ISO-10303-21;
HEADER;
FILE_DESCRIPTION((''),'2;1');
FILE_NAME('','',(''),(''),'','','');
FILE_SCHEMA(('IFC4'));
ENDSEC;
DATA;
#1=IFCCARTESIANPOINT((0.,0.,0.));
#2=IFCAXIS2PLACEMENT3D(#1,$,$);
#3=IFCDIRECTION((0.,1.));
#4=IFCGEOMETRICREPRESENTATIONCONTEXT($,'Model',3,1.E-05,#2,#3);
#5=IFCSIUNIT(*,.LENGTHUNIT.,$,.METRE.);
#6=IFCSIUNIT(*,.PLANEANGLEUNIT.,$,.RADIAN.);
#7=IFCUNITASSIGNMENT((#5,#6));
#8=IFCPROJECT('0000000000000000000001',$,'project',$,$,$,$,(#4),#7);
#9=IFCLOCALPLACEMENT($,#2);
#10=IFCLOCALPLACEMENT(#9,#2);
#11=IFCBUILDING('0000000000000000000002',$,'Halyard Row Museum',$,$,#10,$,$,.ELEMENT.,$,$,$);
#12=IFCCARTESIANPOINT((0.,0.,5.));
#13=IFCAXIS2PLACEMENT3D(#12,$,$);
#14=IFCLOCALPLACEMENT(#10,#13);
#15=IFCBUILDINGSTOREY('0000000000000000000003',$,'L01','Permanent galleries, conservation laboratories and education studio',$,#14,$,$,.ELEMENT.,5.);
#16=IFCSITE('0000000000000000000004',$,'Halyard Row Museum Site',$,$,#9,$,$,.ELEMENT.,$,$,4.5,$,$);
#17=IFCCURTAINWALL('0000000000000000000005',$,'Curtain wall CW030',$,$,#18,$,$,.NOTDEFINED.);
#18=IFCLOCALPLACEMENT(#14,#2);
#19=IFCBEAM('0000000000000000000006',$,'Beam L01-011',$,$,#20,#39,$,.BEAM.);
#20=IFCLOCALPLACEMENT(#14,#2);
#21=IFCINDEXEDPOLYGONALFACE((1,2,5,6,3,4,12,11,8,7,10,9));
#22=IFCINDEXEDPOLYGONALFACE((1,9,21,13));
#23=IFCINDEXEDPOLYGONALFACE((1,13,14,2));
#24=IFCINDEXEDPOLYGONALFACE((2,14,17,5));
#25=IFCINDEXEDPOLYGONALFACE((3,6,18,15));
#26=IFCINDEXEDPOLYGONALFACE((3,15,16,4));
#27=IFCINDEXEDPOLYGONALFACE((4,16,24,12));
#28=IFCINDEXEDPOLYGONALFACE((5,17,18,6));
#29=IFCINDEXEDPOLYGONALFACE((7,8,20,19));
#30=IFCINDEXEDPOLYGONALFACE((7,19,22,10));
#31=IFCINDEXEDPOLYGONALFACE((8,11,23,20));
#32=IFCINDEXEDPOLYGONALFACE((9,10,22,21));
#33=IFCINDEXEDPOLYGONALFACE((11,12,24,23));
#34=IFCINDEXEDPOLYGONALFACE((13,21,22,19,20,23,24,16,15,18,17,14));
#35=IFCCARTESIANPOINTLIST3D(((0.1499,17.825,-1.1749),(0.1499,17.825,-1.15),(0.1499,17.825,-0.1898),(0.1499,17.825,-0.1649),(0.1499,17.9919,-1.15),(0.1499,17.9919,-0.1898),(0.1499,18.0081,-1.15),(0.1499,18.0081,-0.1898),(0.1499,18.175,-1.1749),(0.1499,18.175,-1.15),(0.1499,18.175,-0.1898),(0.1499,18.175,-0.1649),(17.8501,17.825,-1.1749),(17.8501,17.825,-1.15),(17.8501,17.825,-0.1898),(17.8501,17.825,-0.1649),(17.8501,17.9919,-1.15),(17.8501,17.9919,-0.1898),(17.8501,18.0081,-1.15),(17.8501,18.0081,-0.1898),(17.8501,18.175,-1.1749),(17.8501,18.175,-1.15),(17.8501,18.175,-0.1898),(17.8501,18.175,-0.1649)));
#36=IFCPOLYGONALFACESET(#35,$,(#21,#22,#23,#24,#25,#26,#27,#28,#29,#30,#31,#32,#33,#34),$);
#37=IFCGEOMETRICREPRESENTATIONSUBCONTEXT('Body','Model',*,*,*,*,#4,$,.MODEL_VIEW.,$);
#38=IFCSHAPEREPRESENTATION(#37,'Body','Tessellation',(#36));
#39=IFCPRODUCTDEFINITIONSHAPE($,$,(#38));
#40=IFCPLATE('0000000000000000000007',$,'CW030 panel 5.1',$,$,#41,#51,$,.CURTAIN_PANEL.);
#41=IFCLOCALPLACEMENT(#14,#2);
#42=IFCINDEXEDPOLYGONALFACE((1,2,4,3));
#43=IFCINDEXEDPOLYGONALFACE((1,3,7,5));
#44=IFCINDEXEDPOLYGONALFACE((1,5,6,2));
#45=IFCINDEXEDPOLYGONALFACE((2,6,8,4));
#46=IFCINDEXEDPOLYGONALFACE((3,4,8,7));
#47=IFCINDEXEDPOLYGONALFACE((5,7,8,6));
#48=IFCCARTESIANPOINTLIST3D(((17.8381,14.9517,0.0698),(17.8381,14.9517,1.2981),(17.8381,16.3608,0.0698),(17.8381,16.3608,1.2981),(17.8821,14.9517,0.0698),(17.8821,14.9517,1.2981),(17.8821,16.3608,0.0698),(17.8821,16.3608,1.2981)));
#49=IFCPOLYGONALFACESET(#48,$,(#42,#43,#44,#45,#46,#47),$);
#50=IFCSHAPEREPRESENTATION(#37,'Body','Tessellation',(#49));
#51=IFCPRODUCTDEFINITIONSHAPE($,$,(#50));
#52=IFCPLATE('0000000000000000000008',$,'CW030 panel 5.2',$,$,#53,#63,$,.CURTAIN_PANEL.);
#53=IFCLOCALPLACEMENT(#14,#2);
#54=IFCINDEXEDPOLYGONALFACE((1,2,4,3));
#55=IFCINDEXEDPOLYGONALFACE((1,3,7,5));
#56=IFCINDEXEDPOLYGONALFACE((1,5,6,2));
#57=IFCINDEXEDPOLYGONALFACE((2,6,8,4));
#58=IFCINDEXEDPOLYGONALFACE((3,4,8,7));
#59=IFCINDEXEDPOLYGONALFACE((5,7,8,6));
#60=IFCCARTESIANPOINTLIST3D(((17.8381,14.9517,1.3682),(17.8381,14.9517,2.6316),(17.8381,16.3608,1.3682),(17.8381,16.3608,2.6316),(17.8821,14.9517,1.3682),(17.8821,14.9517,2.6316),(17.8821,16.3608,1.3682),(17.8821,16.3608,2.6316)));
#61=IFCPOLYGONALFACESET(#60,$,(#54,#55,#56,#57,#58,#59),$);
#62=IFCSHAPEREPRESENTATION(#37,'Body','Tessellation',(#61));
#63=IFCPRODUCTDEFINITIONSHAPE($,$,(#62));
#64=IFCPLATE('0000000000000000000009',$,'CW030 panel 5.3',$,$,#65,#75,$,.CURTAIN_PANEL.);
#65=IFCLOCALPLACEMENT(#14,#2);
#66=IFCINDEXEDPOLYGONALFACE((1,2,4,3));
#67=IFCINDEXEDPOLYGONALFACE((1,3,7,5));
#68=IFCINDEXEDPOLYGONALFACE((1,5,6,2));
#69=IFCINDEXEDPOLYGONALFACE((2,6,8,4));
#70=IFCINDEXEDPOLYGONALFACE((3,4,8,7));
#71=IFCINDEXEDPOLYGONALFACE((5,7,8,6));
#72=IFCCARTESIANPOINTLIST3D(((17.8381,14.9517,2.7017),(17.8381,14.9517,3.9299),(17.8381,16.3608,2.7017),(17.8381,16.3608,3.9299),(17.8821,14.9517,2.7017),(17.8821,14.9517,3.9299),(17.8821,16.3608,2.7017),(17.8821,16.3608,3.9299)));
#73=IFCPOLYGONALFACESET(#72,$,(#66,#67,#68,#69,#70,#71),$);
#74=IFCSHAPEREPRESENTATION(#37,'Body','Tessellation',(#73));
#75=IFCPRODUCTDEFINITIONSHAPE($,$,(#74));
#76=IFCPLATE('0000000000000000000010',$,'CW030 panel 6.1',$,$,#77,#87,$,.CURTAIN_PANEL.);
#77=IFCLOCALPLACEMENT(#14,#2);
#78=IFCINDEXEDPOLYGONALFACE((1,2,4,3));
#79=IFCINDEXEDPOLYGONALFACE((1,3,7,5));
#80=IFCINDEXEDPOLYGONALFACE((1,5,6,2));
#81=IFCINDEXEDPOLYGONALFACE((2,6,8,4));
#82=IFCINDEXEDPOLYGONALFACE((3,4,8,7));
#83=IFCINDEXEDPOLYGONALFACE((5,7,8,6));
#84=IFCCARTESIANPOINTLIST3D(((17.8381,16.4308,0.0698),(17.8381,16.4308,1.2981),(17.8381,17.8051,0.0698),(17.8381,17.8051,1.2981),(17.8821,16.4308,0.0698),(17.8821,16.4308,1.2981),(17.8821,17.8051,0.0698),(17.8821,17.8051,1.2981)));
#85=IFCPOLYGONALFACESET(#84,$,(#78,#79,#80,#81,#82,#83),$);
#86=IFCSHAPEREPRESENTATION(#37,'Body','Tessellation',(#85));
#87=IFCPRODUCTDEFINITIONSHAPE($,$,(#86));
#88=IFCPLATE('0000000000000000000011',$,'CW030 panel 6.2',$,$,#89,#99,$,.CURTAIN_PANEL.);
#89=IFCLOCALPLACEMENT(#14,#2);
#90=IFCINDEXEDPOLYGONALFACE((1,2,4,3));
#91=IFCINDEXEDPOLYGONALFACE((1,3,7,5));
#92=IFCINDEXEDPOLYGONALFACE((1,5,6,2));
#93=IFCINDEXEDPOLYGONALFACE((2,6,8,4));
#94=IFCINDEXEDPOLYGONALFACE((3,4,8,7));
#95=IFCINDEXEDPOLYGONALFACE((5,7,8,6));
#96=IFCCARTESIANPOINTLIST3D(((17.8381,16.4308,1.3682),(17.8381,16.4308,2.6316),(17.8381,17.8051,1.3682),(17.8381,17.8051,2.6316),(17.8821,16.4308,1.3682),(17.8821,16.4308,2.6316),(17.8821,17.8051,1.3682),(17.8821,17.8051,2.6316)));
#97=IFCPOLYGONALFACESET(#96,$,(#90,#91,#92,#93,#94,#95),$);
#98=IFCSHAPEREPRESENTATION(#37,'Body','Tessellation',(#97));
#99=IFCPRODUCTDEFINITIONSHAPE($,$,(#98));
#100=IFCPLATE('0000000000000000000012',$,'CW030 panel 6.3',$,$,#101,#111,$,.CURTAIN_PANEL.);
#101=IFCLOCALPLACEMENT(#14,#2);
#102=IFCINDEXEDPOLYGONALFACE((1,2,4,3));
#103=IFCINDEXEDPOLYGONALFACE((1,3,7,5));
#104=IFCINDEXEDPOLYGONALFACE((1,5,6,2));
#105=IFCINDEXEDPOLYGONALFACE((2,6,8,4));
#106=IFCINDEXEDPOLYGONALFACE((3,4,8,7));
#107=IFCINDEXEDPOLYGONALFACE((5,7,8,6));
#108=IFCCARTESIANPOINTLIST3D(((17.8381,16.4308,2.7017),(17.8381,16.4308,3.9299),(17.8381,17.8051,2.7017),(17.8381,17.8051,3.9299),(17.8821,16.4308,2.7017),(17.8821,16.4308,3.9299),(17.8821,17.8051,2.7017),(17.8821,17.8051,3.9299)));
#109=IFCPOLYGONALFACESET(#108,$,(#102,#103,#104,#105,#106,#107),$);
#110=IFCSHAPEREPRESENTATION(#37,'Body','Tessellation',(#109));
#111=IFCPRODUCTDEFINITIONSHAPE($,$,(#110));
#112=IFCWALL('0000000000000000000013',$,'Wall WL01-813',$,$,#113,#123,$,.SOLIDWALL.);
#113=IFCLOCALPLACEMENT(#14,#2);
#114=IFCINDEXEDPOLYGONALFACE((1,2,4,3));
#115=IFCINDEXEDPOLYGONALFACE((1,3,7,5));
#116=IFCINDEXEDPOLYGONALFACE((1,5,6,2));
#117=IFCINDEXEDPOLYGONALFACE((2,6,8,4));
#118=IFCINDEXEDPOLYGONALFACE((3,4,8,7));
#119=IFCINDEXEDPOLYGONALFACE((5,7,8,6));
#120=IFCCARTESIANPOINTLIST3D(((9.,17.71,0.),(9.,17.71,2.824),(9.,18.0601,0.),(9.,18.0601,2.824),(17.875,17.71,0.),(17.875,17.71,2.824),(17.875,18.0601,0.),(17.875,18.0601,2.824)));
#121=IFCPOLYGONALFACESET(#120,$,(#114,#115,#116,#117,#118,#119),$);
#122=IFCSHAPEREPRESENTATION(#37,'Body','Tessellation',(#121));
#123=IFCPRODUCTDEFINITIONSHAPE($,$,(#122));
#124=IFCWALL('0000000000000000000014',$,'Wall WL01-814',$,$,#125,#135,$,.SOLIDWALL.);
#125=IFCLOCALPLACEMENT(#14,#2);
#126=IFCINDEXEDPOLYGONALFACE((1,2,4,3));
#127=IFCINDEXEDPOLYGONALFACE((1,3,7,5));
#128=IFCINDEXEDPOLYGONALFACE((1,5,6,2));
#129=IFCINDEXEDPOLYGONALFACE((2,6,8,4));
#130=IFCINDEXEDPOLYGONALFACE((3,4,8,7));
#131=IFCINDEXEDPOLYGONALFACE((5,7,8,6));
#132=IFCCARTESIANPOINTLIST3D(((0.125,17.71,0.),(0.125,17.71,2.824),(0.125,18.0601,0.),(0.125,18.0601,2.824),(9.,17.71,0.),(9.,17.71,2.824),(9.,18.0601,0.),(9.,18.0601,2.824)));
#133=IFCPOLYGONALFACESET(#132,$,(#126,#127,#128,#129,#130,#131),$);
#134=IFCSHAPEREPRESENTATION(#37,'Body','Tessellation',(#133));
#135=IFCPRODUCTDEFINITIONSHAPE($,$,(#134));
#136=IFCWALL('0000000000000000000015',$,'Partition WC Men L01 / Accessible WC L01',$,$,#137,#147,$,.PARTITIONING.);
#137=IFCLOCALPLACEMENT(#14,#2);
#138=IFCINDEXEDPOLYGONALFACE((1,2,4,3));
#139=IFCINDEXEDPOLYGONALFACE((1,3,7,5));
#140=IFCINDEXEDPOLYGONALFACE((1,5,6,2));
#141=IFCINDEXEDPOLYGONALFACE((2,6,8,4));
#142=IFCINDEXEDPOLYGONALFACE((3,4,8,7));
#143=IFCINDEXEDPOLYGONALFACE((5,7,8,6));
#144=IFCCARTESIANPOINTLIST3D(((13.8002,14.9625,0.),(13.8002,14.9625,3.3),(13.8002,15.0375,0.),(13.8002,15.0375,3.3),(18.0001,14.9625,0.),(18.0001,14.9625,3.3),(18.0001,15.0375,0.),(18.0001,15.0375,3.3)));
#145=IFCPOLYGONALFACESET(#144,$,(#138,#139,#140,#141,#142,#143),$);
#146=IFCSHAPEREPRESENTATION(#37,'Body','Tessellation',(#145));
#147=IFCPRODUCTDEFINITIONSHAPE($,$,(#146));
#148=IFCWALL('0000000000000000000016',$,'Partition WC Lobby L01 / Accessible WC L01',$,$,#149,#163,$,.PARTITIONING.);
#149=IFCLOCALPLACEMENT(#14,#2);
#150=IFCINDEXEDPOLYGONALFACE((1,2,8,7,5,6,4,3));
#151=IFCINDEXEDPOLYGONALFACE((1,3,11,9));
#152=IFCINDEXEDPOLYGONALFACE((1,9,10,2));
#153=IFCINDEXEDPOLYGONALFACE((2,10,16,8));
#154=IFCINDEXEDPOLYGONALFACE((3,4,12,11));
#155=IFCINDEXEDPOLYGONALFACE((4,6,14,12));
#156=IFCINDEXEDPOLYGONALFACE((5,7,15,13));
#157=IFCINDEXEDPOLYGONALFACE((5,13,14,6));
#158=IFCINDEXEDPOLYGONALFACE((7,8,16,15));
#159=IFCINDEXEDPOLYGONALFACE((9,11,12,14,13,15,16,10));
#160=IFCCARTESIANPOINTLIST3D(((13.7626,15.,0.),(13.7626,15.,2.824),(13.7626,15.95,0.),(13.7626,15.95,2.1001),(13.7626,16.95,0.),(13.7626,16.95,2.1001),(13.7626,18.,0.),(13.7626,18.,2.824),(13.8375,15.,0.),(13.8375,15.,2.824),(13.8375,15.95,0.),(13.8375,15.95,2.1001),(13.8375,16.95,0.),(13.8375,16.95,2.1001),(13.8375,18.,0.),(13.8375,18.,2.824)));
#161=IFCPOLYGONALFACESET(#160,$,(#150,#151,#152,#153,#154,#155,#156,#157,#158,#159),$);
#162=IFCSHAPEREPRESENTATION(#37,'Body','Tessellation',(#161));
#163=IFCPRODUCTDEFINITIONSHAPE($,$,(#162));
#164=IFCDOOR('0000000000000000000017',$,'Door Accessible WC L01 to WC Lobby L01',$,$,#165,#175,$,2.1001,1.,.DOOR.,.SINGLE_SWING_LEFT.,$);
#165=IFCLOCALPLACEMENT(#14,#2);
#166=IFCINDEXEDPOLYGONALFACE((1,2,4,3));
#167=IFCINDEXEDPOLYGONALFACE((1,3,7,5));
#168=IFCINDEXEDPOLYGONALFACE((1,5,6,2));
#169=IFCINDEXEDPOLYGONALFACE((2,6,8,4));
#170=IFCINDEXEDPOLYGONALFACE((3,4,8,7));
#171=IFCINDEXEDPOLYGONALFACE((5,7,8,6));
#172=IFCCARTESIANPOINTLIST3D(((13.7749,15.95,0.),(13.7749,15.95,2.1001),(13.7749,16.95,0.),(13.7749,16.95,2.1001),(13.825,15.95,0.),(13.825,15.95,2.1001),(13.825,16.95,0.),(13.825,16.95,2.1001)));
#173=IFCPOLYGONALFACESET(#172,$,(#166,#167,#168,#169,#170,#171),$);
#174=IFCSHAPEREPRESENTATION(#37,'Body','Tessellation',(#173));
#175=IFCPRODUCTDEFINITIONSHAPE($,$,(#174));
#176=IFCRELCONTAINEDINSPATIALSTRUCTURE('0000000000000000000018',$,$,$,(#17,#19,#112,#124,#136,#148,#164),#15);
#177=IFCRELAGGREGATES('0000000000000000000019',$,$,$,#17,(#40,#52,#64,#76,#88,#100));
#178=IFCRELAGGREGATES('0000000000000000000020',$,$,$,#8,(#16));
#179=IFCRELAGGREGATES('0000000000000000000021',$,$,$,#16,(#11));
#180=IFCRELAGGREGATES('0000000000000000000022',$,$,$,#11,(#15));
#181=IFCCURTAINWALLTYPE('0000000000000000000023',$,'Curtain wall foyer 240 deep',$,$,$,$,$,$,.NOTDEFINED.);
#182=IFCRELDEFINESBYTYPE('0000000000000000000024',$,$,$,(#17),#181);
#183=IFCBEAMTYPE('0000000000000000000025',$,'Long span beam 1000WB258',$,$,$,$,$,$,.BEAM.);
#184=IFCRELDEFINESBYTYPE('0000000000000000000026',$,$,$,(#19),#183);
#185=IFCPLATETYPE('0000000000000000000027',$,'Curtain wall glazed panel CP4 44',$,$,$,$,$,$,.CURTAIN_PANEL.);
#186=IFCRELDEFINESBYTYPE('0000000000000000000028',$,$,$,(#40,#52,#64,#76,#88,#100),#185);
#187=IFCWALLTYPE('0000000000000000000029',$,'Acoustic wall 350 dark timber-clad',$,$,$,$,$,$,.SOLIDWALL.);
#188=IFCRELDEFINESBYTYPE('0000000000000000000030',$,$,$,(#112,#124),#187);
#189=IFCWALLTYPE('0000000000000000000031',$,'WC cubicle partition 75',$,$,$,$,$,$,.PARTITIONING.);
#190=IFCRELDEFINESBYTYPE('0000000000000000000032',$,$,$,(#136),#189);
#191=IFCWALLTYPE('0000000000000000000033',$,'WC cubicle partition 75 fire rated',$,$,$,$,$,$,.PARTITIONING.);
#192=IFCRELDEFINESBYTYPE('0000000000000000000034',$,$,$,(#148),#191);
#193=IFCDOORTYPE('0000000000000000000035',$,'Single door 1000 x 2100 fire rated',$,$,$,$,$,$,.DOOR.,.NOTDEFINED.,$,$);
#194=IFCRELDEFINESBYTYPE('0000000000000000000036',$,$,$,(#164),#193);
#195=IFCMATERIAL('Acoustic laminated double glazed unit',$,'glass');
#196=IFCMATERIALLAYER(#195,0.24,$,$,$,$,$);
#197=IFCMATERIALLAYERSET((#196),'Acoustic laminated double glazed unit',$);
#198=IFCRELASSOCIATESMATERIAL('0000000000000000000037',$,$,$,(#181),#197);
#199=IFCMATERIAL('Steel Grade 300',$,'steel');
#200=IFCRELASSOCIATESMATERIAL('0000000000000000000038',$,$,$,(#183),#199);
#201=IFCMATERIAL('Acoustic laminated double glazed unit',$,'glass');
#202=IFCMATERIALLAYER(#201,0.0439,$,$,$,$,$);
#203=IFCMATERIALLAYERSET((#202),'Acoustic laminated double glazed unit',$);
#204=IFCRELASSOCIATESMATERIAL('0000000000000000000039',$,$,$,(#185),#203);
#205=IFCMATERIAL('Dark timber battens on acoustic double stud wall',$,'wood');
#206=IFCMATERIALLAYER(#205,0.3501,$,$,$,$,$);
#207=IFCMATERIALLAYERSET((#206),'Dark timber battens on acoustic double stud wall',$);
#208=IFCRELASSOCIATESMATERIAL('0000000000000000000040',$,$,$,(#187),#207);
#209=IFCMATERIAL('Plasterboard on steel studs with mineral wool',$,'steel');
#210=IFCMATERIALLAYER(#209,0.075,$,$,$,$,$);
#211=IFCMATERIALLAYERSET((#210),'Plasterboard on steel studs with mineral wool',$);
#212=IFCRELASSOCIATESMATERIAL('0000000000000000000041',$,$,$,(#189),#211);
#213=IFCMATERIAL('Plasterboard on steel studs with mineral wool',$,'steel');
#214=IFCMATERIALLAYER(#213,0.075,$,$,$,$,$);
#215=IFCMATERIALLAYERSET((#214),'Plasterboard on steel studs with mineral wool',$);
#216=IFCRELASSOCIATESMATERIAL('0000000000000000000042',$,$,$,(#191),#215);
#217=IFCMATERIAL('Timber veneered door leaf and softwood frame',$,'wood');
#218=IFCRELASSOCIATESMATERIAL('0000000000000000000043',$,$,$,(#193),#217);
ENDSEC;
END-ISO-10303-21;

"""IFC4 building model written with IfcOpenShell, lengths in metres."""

from ifc_helpers import new_model, si_unit, direction, frame, frame_2d, origin, origin_2d, place, context, subcontext, project, spatial, rectangle, i_section, extrude, material, layer, layer_set, material_profile, profile_set, type_object, element, fill, aggregate, save


model = new_model("IFC4")

# Units and contexts
model_context = context("Model", 3, precision=1e-05, world=origin(), true_north=direction((0.0, 1.0)))
body_context = subcontext(model_context, "Body", "Model", "MODEL_VIEW")
ifc_project = project(units=[si_unit("LENGTHUNIT", "METRE"), si_unit("PLANEANGLEUNIT", "RADIAN")], contexts=[model_context])

# Site, building, storey
site_placement = place(None, origin())
site = spatial("IfcSite", under=ifc_project, at=site_placement, Name="Halyard Row Museum Site", CompositionType="ELEMENT", RefElevation=4.5)
building_placement = place(site_placement, origin())
building = spatial("IfcBuilding", under=site, at=building_placement, Name="Halyard Row Museum", CompositionType="ELEMENT")
storey_placement = place(building_placement, frame((0.0, 0.0, 5.0)))
storey = spatial("IfcBuildingStorey", under=building, at=storey_placement, Name="L01", Description="Permanent galleries, conservation laboratories and education studio", CompositionType="ELEMENT", Elevation=5.0)

# Curtain wall
ifc_material_1 = material(Name="Acoustic laminated double glazed unit", Category="glass")
ifc_layer_1 = layer(ifc_material_1, 0.24)
ifc_layer_set_1 = layer_set([ifc_layer_1], Name="Acoustic laminated double glazed unit")
curtain_wall_type = type_object("IfcCurtainWallType", Name="Curtain wall foyer 240 deep", PredefinedType="NOTDEFINED", material=ifc_layer_set_1)
curtain_wall_placement = place(storey_placement, origin())
curtain_wall = element("IfcCurtainWall", 1, at=curtain_wall_placement, inside=storey, type_object=curtain_wall_type, Name="Curtain wall CW030", PredefinedType="NOTDEFINED")

# Beam
ifc_material_2 = material(Name="Steel Grade 300", Category="steel")
ifc_material_profile_1 = material_profile(ifc_material_2, i_section(OverallWidth=0.3501, OverallDepth=1.01, WebThickness=0.0161, FlangeThickness=0.0249, at=origin_2d()), Name="1000WB258")
ifc_profile_set_1 = profile_set([ifc_material_profile_1], Name="Steel Grade 300")
beam_type = type_object("IfcBeamType", Name="Long span beam 1000WB258", PredefinedType="BEAM", material=ifc_profile_set_1)
beam_placement = place(storey_placement, frame((0.1499, 18.0, -0.6699), z_axis=(1.0, 0.0, 0.0), x_axis=(0.0, 1.0, 0.0)))
element("IfcBeam", 2, at=beam_placement, inside=storey, type_object=beam_type, Name="Beam L01-011", PredefinedType="BEAM", context=body_context, shape_type="SweptSolid", body=[
    extrude(i_section(OverallWidth=0.3501, OverallDepth=1.01, WebThickness=0.0161, FlangeThickness=0.0249, at=origin_2d()), origin(), (0.0, 0.0, 1.0), 17.7002),
])

# Plates
ifc_material_3 = material(Name="Acoustic laminated double glazed unit", Category="glass")
ifc_layer_2 = layer(ifc_material_3, 0.0439)
ifc_layer_set_2 = layer_set([ifc_layer_2], Name="Acoustic laminated double glazed unit")
plate_type = type_object("IfcPlateType", Name="Curtain wall glazed panel CP4 44", PredefinedType="CURTAIN_PANEL", material=ifc_layer_set_2)
plate_1_placement = place(storey_placement, frame((17.8601, 15.6562, 0.0698), z_axis=(0.0, 0.0, 1.0), x_axis=(0.0, 1.0, 0.0)))
plate_1 = element("IfcPlate", 3, at=plate_1_placement, type_object=plate_type, Name="CW030 panel 5.1", PredefinedType="CURTAIN_PANEL", context=body_context, shape_type="SweptSolid", body=[
    extrude(rectangle(XDim=1.4092, YDim=0.0439, at=origin_2d()), origin(), (0.0, 0.0, 1.0), 1.2283),
])
plate_2_placement = place(storey_placement, frame((17.8601, 15.6562, 1.3682), z_axis=(0.0, 0.0, 1.0), x_axis=(0.0, 1.0, 0.0)))
plate_2 = element("IfcPlate", 4, at=plate_2_placement, type_object=plate_type, Name="CW030 panel 5.2", PredefinedType="CURTAIN_PANEL", context=body_context, shape_type="SweptSolid", body=[
    extrude(rectangle(XDim=1.4092, YDim=0.0439, at=origin_2d()), origin(), (0.0, 0.0, 1.0), 1.2634),
])
plate_3_placement = place(storey_placement, frame((17.8601, 15.6562, 2.7017), z_axis=(0.0, 0.0, 1.0), x_axis=(0.0, 1.0, 0.0)))
plate_3 = element("IfcPlate", 5, at=plate_3_placement, type_object=plate_type, Name="CW030 panel 5.3", PredefinedType="CURTAIN_PANEL", context=body_context, shape_type="SweptSolid", body=[
    extrude(rectangle(XDim=1.4092, YDim=0.0439, at=origin_2d()), origin(), (0.0, 0.0, 1.0), 1.2283),
])
plate_4_placement = place(storey_placement, frame((17.8601, 17.1179, 0.0698), z_axis=(0.0, 0.0, 1.0), x_axis=(0.0, 1.0, 0.0)))
plate_4 = element("IfcPlate", 6, at=plate_4_placement, type_object=plate_type, Name="CW030 panel 6.1", PredefinedType="CURTAIN_PANEL", context=body_context, shape_type="SweptSolid", body=[
    extrude(rectangle(XDim=1.3743, YDim=0.0439, at=origin_2d()), origin(), (0.0, 0.0, 1.0), 1.2283),
])
plate_5_placement = place(storey_placement, frame((17.8601, 17.1179, 1.3682), z_axis=(0.0, 0.0, 1.0), x_axis=(0.0, 1.0, 0.0)))
plate_5 = element("IfcPlate", 7, at=plate_5_placement, type_object=plate_type, Name="CW030 panel 6.2", PredefinedType="CURTAIN_PANEL", context=body_context, shape_type="SweptSolid", body=[
    extrude(rectangle(XDim=1.3743, YDim=0.0439, at=origin_2d()), origin(), (0.0, 0.0, 1.0), 1.2634),
])
plate_6_placement = place(storey_placement, frame((17.8601, 17.1179, 2.7017), z_axis=(0.0, 0.0, 1.0), x_axis=(0.0, 1.0, 0.0)))
plate_6 = element("IfcPlate", 8, at=plate_6_placement, type_object=plate_type, Name="CW030 panel 6.3", PredefinedType="CURTAIN_PANEL", context=body_context, shape_type="SweptSolid", body=[
    extrude(rectangle(XDim=1.3743, YDim=0.0439, at=origin_2d()), origin(), (0.0, 0.0, 1.0), 1.2283),
])
aggregate(curtain_wall, [plate_1, plate_2, plate_3, plate_4, plate_5, plate_6])

# Walls
ifc_material_4 = material(Name="Dark timber battens on acoustic double stud wall", Category="wood")
ifc_layer_3 = layer(ifc_material_4, 0.3501)
ifc_layer_set_3 = layer_set([ifc_layer_3], Name="Dark timber battens on acoustic double stud wall")
wall_type_1 = type_object("IfcWallType", Name="Acoustic wall 350 dark timber-clad", PredefinedType="SOLIDWALL", material=ifc_layer_set_3)
for number, where, z_axis, x_axis, name in (
    (9, (9.0, 17.885, 0.0), (0.0, 0.0, 1.0), (1.0, 0.0, 0.0), "Wall WL01-813"),
    (10, (0.125, 17.885, 0.0), (0.0, 0.0, 1.0), (1.0, 0.0, 0.0), "Wall WL01-814"),
):
    element("IfcWall", number, at=place(storey_placement, frame(where, z_axis=z_axis, x_axis=x_axis)), inside=storey, type_object=wall_type_1, Name=name, PredefinedType="SOLIDWALL", context=body_context, shape_type="SweptSolid", body=[
        extrude(rectangle(XDim=8.875, YDim=0.3501, at=frame_2d((4.4375, 0.0))), origin(), (0.0, 0.0, 1.0), 2.824),
    ])
ifc_material_5 = material(Name="Plasterboard on steel studs with mineral wool", Category="steel")
ifc_layer_4 = layer(ifc_material_5, 0.075)
ifc_layer_set_4 = layer_set([ifc_layer_4], Name="Plasterboard on steel studs with mineral wool")
wall_type_2 = type_object("IfcWallType", Name="WC cubicle partition 75", PredefinedType="PARTITIONING", material=ifc_layer_set_4)
wall_1_placement = place(storey_placement, frame((13.8, 15.0, 0.0), z_axis=(0.0, 0.0, 1.0), x_axis=(1.0, 0.0, 0.0)))
element("IfcWall", 11, at=wall_1_placement, inside=storey, type_object=wall_type_2, Name="Partition WC Men L01 / Accessible WC L01", PredefinedType="PARTITIONING", context=body_context, shape_type="SweptSolid", body=[
    extrude(rectangle(XDim=4.2, YDim=0.075, at=frame_2d((2.1001, 0.0))), origin(), (0.0, 0.0, 1.0), 3.3),
])

# Wall, opening, door
ifc_material_6 = material(Name="Plasterboard on steel studs with mineral wool", Category="steel")
ifc_layer_5 = layer(ifc_material_6, 0.075)
ifc_layer_set_5 = layer_set([ifc_layer_5], Name="Plasterboard on steel studs with mineral wool")
wall_type_3 = type_object("IfcWallType", Name="WC cubicle partition 75 fire rated", PredefinedType="PARTITIONING", material=ifc_layer_set_5)
wall_2_placement = place(storey_placement, frame((13.8, 15.0, 0.0), z_axis=(0.0, 0.0, 1.0), x_axis=(0.0, 1.0, 0.0)))
wall_2 = element("IfcWall", 12, at=wall_2_placement, inside=storey, type_object=wall_type_3, Name="Partition WC Lobby L01 / Accessible WC L01", PredefinedType="PARTITIONING", context=body_context, shape_type="SweptSolid", body=[
    extrude(rectangle(XDim=3.0, YDim=0.075, at=frame_2d((1.5, 0.0))), origin(), (0.0, 0.0, 1.0), 2.824),
])
opening_placement = place(wall_2_placement, frame((0.95, 0.0, 0.0)))
opening = element("IfcOpeningElement", 13, at=opening_placement, cuts=wall_2, PredefinedType="OPENING", context=body_context, shape_type="SweptSolid", body=[
    extrude(rectangle(XDim=1.0, YDim=2.1001, at=frame_2d((0.5, 1.05))), frame((0.0, 0.0474, 0.0), z_axis=(0.0, -1.0, 0.0), x_axis=(1.0, 0.0, 0.0)), (0.0, 0.0, 1.0), 0.095),
])
ifc_material_7 = material(Name="Timber veneered door leaf and softwood frame", Category="wood")
door_type = type_object("IfcDoorType", Name="Single door 1000 x 2100 fire rated", OperationType="NOTDEFINED", PredefinedType="DOOR", material=ifc_material_7)
door_placement = place(opening_placement, frame((1.0, 0.0, 0.0), z_axis=(0.0, 0.0, 1.0), x_axis=(-1.0, 0.0, 0.0)))
door = element("IfcDoor", 14, at=door_placement, inside=storey, type_object=door_type, Name="Door Accessible WC L01 to WC Lobby L01", OperationType="SINGLE_SWING_LEFT", OverallHeight=2.1001, OverallWidth=1.0, PredefinedType="DOOR", context=body_context, shape_type="SweptSolid", body=[
    extrude(rectangle(XDim=1.0, YDim=2.1001, at=frame_2d((0.5, 1.05))), frame((0.0, 0.0249, 0.0), z_axis=(0.0, -1.0, 0.0), x_axis=(1.0, 0.0, 0.0)), (0.0, 0.0, 1.0), 0.05),
])
fill(opening, door)

save(model, "model.ifc")
